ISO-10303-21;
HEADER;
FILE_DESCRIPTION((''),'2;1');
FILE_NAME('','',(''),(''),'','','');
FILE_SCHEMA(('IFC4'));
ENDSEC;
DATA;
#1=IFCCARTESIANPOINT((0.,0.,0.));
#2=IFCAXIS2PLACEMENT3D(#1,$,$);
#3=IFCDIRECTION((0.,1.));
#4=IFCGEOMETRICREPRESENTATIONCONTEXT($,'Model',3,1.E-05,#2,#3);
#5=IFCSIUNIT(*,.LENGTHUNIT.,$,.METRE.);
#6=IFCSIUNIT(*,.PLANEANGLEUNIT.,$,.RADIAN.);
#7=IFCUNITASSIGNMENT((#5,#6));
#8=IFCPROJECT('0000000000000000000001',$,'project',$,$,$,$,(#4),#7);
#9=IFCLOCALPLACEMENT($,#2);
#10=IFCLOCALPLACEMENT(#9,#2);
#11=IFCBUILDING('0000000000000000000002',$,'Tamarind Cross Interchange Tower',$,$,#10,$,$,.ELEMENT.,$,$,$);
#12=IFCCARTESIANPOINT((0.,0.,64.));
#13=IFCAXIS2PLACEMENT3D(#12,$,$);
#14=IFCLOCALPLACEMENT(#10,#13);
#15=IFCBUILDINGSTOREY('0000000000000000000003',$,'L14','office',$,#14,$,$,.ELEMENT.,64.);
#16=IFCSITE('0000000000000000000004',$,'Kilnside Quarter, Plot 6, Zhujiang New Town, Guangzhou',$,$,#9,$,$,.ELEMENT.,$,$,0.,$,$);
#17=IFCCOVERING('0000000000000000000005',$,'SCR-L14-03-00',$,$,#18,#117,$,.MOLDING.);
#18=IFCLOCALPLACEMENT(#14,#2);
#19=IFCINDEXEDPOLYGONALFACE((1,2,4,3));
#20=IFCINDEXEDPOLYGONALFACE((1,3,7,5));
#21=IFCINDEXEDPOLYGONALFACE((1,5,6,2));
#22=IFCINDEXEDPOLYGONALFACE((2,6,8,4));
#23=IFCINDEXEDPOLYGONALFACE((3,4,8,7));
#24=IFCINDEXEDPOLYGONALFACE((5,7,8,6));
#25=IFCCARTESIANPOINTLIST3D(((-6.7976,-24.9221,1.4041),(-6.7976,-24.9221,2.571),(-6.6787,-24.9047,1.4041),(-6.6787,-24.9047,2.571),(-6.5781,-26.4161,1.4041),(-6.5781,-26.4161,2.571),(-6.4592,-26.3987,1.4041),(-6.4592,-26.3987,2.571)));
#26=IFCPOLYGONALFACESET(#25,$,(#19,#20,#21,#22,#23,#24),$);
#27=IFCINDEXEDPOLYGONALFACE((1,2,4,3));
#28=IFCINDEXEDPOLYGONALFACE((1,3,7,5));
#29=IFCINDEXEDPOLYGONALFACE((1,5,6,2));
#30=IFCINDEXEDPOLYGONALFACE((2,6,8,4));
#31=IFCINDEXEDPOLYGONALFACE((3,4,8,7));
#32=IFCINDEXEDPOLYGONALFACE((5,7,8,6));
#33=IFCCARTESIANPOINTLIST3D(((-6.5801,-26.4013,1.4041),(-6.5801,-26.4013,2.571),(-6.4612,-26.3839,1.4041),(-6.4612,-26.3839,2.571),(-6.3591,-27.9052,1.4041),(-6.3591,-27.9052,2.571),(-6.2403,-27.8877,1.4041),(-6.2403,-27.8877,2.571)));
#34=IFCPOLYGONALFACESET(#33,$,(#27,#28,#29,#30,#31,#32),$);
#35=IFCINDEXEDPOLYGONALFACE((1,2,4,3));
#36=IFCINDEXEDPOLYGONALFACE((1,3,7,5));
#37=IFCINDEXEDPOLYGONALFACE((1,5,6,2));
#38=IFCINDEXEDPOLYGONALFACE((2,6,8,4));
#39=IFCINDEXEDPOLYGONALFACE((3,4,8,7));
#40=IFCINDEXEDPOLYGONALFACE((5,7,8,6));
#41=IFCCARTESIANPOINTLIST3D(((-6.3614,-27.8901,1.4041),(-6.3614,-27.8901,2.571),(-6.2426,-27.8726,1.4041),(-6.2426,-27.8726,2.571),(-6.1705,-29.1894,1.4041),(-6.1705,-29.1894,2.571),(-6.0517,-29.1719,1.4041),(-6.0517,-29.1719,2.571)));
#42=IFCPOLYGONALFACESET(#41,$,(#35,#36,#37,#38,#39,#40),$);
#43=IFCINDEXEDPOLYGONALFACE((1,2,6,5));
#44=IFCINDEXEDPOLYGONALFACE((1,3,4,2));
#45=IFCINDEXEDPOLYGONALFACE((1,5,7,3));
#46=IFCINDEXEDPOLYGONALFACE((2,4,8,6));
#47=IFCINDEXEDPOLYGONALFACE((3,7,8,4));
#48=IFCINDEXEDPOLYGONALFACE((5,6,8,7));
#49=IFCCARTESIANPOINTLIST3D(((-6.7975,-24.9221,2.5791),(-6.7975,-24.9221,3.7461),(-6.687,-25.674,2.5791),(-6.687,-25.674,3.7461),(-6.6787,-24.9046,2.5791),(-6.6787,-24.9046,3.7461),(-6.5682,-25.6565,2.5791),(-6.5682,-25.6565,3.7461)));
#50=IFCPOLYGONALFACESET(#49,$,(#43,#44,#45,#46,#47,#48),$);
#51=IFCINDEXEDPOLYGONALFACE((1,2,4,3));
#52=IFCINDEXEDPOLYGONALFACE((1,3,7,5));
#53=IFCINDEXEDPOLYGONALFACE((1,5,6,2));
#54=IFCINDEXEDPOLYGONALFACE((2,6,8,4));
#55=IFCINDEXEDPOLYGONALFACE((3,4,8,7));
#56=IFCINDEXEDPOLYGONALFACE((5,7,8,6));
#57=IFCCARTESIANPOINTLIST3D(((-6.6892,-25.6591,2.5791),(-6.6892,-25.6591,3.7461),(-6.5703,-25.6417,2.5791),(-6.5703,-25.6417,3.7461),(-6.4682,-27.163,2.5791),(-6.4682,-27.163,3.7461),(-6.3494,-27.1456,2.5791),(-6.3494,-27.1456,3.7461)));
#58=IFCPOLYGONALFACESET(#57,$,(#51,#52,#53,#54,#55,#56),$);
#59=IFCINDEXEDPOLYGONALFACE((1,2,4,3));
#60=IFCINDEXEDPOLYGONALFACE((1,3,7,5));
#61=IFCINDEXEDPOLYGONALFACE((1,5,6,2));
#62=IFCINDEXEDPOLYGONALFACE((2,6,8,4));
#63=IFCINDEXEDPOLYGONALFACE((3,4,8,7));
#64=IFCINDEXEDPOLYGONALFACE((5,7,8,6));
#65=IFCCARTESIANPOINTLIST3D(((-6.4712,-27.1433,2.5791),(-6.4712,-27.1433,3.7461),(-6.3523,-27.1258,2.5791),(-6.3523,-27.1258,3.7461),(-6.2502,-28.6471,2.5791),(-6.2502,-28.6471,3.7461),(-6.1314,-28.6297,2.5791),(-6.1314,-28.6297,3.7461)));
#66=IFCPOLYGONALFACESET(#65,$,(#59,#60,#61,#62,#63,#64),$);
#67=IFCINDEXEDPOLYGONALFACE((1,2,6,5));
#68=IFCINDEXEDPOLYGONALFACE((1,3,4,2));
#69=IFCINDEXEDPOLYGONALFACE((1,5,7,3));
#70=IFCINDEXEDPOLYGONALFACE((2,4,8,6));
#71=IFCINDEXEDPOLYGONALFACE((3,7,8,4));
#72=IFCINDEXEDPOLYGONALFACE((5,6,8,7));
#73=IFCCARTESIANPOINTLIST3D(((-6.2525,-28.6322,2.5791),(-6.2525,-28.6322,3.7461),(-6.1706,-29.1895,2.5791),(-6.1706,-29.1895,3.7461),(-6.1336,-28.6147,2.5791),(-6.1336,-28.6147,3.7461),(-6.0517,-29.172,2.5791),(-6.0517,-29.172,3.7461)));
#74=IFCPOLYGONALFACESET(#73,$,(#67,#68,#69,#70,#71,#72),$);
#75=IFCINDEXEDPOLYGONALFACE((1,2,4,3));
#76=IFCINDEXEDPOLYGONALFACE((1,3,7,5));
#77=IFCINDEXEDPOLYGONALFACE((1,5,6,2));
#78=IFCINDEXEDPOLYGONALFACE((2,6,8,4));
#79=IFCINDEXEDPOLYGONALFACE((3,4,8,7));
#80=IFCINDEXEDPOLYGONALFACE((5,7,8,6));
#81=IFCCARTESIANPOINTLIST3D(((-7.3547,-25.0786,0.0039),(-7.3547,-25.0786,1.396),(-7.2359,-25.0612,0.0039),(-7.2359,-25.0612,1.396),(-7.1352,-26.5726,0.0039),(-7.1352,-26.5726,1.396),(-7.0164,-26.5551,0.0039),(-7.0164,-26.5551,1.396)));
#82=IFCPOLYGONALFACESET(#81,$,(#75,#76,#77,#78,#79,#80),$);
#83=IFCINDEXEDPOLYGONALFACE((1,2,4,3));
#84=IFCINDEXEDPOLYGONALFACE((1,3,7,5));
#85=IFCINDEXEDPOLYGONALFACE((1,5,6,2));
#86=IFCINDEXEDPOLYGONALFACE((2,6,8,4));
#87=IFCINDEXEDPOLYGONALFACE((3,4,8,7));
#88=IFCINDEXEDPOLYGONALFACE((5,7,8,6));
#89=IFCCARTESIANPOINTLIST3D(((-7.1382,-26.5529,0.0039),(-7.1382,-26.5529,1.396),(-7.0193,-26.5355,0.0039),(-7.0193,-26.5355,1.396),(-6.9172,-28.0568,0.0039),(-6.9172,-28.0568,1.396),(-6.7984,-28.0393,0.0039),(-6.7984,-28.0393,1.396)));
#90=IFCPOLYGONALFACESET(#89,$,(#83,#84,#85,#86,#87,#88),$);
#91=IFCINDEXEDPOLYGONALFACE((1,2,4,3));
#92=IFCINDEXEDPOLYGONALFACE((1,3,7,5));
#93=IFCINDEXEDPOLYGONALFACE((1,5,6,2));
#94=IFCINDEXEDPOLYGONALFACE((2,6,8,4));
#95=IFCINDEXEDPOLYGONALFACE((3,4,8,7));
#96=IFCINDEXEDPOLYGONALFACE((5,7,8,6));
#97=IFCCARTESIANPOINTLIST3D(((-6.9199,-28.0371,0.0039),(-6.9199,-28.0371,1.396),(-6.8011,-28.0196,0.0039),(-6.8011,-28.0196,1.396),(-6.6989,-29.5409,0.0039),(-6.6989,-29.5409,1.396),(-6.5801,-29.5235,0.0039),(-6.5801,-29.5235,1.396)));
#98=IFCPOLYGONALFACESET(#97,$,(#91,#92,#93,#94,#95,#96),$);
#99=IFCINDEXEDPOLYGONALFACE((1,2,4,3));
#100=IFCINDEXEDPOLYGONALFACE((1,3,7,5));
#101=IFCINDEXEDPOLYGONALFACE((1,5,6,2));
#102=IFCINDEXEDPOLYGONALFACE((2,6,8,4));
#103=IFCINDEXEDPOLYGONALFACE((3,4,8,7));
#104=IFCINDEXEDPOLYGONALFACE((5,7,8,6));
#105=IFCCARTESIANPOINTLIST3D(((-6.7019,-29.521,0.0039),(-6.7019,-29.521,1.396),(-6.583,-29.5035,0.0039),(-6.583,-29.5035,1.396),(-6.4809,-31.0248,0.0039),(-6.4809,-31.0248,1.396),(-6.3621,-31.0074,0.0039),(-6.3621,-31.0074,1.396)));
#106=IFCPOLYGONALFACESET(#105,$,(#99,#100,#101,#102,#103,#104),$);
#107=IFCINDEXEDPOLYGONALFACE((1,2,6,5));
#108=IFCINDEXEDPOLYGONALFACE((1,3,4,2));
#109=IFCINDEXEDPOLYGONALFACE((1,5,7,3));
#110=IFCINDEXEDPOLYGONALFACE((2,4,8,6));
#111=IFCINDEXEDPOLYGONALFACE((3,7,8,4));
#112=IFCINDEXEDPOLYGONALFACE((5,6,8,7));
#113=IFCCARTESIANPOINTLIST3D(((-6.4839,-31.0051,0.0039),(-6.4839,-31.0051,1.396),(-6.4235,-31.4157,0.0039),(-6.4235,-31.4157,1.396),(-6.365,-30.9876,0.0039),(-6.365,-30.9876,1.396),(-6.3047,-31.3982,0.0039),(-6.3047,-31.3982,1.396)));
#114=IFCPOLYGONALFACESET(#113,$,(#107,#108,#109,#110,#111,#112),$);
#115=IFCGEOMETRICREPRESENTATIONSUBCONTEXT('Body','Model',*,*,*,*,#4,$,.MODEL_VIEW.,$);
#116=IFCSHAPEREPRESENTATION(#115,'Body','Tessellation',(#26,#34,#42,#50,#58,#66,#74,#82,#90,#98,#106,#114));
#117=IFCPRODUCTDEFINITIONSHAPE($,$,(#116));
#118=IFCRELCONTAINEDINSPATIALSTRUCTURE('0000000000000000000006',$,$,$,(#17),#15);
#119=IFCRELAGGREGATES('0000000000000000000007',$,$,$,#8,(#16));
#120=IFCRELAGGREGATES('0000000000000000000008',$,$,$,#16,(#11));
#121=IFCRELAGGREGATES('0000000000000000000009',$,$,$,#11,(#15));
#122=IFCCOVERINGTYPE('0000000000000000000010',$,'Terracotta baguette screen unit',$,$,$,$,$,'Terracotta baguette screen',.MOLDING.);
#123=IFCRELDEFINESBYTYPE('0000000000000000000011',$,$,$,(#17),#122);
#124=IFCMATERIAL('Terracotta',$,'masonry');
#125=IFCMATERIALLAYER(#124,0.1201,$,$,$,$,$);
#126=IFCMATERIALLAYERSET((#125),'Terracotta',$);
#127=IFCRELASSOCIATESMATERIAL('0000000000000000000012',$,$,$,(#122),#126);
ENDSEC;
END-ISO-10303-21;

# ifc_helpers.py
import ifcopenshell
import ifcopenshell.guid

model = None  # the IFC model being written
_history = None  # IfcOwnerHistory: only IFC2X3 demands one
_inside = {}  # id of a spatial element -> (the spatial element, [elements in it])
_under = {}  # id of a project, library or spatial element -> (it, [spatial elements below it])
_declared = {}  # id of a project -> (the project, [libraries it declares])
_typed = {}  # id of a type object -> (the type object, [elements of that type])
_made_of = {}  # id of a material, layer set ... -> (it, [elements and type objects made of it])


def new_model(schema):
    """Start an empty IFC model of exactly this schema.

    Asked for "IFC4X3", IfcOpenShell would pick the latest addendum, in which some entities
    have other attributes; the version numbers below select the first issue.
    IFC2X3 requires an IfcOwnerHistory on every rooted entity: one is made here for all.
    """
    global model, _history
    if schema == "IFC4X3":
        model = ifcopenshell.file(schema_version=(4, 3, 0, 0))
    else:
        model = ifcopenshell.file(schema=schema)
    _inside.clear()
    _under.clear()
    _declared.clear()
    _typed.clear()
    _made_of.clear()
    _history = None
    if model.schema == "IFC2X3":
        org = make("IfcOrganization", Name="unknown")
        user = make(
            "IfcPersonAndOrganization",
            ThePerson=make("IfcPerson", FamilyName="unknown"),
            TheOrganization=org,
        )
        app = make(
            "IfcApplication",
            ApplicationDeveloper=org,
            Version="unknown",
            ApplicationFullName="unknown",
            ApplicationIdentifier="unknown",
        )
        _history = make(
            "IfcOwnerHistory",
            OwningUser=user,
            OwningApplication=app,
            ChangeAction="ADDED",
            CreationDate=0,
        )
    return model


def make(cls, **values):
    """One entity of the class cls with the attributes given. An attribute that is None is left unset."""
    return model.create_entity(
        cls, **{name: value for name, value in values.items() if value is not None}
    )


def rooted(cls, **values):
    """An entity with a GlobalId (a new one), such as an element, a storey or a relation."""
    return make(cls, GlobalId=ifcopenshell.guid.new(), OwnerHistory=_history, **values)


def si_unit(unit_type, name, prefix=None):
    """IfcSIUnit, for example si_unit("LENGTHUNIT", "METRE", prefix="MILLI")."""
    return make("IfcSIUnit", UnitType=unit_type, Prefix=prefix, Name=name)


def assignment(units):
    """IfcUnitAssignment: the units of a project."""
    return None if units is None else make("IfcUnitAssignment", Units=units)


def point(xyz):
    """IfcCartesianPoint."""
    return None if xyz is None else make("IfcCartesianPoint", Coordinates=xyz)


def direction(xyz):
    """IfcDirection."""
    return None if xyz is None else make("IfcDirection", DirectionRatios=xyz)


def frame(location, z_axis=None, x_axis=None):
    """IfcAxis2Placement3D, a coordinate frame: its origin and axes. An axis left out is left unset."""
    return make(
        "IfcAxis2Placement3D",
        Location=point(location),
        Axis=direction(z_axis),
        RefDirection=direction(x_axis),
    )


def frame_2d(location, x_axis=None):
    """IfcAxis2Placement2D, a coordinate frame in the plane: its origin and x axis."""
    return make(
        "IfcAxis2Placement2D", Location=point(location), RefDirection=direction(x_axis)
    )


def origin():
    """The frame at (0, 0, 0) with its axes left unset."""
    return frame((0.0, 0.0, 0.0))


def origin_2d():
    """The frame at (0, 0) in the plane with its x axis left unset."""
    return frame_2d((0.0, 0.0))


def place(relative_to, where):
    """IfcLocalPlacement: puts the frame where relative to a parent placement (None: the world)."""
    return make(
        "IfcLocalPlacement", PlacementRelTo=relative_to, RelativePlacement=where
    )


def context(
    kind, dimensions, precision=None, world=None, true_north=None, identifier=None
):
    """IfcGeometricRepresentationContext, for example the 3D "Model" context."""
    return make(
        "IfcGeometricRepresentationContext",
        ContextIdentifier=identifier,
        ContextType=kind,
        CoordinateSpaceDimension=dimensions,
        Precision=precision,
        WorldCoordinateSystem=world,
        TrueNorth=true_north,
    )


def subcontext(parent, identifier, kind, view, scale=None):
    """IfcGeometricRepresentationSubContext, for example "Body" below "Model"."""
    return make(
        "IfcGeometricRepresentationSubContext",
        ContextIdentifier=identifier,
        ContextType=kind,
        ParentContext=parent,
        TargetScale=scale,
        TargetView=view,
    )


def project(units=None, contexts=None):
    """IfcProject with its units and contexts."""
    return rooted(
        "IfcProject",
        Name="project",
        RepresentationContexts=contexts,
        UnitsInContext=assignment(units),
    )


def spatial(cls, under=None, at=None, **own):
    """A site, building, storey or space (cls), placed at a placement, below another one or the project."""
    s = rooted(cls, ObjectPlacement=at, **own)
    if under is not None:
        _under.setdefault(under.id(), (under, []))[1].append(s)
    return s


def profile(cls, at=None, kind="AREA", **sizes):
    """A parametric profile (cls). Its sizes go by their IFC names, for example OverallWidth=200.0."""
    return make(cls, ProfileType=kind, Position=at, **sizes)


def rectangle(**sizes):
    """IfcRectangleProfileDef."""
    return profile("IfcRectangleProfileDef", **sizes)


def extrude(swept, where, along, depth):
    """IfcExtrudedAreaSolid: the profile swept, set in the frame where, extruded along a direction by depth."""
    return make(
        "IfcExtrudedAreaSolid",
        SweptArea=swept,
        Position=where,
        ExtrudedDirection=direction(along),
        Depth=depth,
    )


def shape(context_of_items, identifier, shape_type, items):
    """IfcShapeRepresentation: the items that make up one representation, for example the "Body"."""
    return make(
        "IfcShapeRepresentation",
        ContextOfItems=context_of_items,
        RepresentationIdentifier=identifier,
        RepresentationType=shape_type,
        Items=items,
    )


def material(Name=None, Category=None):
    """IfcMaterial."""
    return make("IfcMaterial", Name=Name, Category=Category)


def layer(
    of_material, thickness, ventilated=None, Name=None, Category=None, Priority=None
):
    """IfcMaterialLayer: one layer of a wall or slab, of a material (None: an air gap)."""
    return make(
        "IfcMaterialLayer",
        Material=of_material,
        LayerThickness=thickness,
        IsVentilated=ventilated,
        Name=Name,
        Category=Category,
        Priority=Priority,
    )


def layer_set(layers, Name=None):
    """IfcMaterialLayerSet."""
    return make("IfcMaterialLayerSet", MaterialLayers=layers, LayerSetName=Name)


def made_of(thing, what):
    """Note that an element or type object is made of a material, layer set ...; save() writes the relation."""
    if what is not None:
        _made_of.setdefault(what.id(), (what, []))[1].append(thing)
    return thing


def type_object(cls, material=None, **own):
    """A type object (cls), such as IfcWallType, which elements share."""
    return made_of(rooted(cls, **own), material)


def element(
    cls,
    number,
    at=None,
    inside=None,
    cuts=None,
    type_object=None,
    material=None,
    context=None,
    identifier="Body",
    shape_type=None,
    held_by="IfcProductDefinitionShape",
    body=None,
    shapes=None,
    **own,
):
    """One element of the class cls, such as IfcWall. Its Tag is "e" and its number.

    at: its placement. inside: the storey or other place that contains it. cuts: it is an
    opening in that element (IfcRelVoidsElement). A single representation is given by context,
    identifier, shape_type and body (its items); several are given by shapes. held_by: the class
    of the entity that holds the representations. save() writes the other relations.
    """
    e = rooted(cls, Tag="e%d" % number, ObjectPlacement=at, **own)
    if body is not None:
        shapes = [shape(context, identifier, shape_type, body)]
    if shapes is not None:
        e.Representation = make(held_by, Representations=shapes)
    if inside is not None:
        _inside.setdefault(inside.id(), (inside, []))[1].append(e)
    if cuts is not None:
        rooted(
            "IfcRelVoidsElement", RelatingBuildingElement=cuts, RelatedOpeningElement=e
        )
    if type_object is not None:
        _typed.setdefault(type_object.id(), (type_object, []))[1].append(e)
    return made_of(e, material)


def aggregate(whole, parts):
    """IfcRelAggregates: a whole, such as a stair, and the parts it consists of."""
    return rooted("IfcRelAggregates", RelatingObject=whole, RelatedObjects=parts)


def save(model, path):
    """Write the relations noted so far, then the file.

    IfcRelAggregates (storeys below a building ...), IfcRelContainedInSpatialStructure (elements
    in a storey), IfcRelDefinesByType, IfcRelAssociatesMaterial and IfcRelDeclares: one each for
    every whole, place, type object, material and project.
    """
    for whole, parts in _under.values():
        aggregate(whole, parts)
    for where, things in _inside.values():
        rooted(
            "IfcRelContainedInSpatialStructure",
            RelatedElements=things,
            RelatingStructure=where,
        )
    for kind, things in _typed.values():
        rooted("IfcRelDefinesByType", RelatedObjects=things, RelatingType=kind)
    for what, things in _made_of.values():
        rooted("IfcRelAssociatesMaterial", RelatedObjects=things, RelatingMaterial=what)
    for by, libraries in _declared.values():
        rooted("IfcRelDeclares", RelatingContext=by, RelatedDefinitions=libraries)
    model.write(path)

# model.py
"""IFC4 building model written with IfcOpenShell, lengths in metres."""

from ifc_helpers import new_model, si_unit, direction, frame, origin, origin_2d, place, context, subcontext, project, spatial, rectangle, extrude, material, layer, layer_set, type_object, element, save


model = new_model("IFC4")

# Units and contexts
model_context = context("Model", 3, precision=1e-05, world=origin(), true_north=direction((0.0, 1.0)))
body_context = subcontext(model_context, "Body", "Model", "MODEL_VIEW")
ifc_project = project(units=[si_unit("LENGTHUNIT", "METRE"), si_unit("PLANEANGLEUNIT", "RADIAN")], contexts=[model_context])

# Site, building, storey
site_placement = place(None, origin())
site = spatial("IfcSite", under=ifc_project, at=site_placement, Name="Kilnside Quarter, Plot 6, Zhujiang New Town, Guangzhou", CompositionType="ELEMENT", RefElevation=0.0)
building_placement = place(site_placement, origin())
building = spatial("IfcBuilding", under=site, at=building_placement, Name="Tamarind Cross Interchange Tower", CompositionType="ELEMENT")
storey_placement = place(building_placement, frame((0.0, 0.0, 64.0)))
storey = spatial("IfcBuildingStorey", under=building, at=storey_placement, Name="L14", Description="office", CompositionType="ELEMENT", Elevation=64.0)

# Covering
ifc_material_1 = material(Name="Terracotta", Category="masonry")
ifc_layer_1 = layer(ifc_material_1, 0.1201)
ifc_layer_set_1 = layer_set([ifc_layer_1], Name="Terracotta")
covering_type = type_object("IfcCoveringType", Name="Terracotta baguette screen unit", ElementType="Terracotta baguette screen", PredefinedType="MOLDING", material=ifc_layer_set_1)
covering_1_placement = place(storey_placement, origin())
element("IfcCovering", 1, at=covering_1_placement, inside=storey, type_object=covering_type, Name="SCR-L14-03-00", PredefinedType="MOLDING", context=body_context, shape_type="SweptSolid", body=[
    extrude(rectangle(XDim=1.51, YDim=0.1201, at=origin_2d()), frame((-6.6284, -25.6604, 1.4041), z_axis=(0.0, 0.0, 1.0), x_axis=(0.145365, -0.989378, 0.0)), (0.0, 0.0, 1.0), 1.167),
    extrude(rectangle(XDim=1.52, YDim=0.1201, at=origin_2d()), frame((-6.4102, -27.1445, 1.4041), z_axis=(0.0, 0.0, 1.0), x_axis=(0.145365, -0.989378, 0.0)), (0.0, 0.0, 1.0), 1.167),
    extrude(rectangle(XDim=1.3132, YDim=0.1201, at=origin_2d()), frame((-6.2065, -28.531, 1.4041), z_axis=(0.0, 0.0, 1.0), x_axis=(0.145365, -0.989378, 0.0)), (0.0, 0.0, 1.0), 1.167),
    extrude(rectangle(XDim=0.76, YDim=0.1201, at=origin_2d()), frame((-6.6829, -25.2893, 2.5791), z_axis=(0.0, 0.0, 1.0), x_axis=(0.145365, -0.989378, 0.0)), (0.0, 0.0, 1.0), 1.167),
    extrude(rectangle(XDim=1.52, YDim=0.1201, at=origin_2d()), frame((-6.5193, -26.4023, 2.5791), z_axis=(0.0, 0.0, 1.0), x_axis=(0.145365, -0.989378, 0.0)), (0.0, 0.0, 1.0), 1.167),
    extrude(rectangle(XDim=1.52, YDim=0.1201, at=origin_2d()), frame((-6.3013, -27.8865, 2.5791), z_axis=(0.0, 0.0, 1.0), x_axis=(0.145365, -0.989378, 0.0)), (0.0, 0.0, 1.0), 1.167),
    extrude(rectangle(XDim=0.5632, YDim=0.1201, at=origin_2d()), frame((-6.1521, -28.9021, 2.5791), z_axis=(0.0, 0.0, 1.0), x_axis=(0.145365, -0.989378, 0.0)), (0.0, 0.0, 1.0), 1.167),
    extrude(rectangle(XDim=1.51, YDim=0.1201, at=origin_2d()), frame((-7.1855, -25.8169, 0.0039), z_axis=(0.0, 0.0, 1.0), x_axis=(0.145365, -0.989378, 0.0)), (0.0, 0.0, 1.0), 1.3921),
    extrude(rectangle(XDim=1.52, YDim=0.1201, at=origin_2d()), frame((-6.9683, -27.2961, 0.0039), z_axis=(0.0, 0.0, 1.0), x_axis=(0.145365, -0.989378, 0.0)), (0.0, 0.0, 1.0), 1.3921),
    extrude(rectangle(XDim=1.52, YDim=0.1201, at=origin_2d()), frame((-6.75, -28.7803, 0.0039), z_axis=(0.0, 0.0, 1.0), x_axis=(0.145365, -0.989378, 0.0)), (0.0, 0.0, 1.0), 1.3921),
    extrude(rectangle(XDim=1.52, YDim=0.1201, at=origin_2d()), frame((-6.532, -30.2642, 0.0039), z_axis=(0.0, 0.0, 1.0), x_axis=(0.145365, -0.989378, 0.0)), (0.0, 0.0, 1.0), 1.3921),
    extrude(rectangle(XDim=0.415, YDim=0.1201, at=origin_2d()), frame((-6.3943, -31.2017, 0.0039), z_axis=(0.0, 0.0, 1.0), x_axis=(0.145365, -0.989378, 0.0)), (0.0, 0.0, 1.0), 1.3921),
])

save(model, "model.ifc")
